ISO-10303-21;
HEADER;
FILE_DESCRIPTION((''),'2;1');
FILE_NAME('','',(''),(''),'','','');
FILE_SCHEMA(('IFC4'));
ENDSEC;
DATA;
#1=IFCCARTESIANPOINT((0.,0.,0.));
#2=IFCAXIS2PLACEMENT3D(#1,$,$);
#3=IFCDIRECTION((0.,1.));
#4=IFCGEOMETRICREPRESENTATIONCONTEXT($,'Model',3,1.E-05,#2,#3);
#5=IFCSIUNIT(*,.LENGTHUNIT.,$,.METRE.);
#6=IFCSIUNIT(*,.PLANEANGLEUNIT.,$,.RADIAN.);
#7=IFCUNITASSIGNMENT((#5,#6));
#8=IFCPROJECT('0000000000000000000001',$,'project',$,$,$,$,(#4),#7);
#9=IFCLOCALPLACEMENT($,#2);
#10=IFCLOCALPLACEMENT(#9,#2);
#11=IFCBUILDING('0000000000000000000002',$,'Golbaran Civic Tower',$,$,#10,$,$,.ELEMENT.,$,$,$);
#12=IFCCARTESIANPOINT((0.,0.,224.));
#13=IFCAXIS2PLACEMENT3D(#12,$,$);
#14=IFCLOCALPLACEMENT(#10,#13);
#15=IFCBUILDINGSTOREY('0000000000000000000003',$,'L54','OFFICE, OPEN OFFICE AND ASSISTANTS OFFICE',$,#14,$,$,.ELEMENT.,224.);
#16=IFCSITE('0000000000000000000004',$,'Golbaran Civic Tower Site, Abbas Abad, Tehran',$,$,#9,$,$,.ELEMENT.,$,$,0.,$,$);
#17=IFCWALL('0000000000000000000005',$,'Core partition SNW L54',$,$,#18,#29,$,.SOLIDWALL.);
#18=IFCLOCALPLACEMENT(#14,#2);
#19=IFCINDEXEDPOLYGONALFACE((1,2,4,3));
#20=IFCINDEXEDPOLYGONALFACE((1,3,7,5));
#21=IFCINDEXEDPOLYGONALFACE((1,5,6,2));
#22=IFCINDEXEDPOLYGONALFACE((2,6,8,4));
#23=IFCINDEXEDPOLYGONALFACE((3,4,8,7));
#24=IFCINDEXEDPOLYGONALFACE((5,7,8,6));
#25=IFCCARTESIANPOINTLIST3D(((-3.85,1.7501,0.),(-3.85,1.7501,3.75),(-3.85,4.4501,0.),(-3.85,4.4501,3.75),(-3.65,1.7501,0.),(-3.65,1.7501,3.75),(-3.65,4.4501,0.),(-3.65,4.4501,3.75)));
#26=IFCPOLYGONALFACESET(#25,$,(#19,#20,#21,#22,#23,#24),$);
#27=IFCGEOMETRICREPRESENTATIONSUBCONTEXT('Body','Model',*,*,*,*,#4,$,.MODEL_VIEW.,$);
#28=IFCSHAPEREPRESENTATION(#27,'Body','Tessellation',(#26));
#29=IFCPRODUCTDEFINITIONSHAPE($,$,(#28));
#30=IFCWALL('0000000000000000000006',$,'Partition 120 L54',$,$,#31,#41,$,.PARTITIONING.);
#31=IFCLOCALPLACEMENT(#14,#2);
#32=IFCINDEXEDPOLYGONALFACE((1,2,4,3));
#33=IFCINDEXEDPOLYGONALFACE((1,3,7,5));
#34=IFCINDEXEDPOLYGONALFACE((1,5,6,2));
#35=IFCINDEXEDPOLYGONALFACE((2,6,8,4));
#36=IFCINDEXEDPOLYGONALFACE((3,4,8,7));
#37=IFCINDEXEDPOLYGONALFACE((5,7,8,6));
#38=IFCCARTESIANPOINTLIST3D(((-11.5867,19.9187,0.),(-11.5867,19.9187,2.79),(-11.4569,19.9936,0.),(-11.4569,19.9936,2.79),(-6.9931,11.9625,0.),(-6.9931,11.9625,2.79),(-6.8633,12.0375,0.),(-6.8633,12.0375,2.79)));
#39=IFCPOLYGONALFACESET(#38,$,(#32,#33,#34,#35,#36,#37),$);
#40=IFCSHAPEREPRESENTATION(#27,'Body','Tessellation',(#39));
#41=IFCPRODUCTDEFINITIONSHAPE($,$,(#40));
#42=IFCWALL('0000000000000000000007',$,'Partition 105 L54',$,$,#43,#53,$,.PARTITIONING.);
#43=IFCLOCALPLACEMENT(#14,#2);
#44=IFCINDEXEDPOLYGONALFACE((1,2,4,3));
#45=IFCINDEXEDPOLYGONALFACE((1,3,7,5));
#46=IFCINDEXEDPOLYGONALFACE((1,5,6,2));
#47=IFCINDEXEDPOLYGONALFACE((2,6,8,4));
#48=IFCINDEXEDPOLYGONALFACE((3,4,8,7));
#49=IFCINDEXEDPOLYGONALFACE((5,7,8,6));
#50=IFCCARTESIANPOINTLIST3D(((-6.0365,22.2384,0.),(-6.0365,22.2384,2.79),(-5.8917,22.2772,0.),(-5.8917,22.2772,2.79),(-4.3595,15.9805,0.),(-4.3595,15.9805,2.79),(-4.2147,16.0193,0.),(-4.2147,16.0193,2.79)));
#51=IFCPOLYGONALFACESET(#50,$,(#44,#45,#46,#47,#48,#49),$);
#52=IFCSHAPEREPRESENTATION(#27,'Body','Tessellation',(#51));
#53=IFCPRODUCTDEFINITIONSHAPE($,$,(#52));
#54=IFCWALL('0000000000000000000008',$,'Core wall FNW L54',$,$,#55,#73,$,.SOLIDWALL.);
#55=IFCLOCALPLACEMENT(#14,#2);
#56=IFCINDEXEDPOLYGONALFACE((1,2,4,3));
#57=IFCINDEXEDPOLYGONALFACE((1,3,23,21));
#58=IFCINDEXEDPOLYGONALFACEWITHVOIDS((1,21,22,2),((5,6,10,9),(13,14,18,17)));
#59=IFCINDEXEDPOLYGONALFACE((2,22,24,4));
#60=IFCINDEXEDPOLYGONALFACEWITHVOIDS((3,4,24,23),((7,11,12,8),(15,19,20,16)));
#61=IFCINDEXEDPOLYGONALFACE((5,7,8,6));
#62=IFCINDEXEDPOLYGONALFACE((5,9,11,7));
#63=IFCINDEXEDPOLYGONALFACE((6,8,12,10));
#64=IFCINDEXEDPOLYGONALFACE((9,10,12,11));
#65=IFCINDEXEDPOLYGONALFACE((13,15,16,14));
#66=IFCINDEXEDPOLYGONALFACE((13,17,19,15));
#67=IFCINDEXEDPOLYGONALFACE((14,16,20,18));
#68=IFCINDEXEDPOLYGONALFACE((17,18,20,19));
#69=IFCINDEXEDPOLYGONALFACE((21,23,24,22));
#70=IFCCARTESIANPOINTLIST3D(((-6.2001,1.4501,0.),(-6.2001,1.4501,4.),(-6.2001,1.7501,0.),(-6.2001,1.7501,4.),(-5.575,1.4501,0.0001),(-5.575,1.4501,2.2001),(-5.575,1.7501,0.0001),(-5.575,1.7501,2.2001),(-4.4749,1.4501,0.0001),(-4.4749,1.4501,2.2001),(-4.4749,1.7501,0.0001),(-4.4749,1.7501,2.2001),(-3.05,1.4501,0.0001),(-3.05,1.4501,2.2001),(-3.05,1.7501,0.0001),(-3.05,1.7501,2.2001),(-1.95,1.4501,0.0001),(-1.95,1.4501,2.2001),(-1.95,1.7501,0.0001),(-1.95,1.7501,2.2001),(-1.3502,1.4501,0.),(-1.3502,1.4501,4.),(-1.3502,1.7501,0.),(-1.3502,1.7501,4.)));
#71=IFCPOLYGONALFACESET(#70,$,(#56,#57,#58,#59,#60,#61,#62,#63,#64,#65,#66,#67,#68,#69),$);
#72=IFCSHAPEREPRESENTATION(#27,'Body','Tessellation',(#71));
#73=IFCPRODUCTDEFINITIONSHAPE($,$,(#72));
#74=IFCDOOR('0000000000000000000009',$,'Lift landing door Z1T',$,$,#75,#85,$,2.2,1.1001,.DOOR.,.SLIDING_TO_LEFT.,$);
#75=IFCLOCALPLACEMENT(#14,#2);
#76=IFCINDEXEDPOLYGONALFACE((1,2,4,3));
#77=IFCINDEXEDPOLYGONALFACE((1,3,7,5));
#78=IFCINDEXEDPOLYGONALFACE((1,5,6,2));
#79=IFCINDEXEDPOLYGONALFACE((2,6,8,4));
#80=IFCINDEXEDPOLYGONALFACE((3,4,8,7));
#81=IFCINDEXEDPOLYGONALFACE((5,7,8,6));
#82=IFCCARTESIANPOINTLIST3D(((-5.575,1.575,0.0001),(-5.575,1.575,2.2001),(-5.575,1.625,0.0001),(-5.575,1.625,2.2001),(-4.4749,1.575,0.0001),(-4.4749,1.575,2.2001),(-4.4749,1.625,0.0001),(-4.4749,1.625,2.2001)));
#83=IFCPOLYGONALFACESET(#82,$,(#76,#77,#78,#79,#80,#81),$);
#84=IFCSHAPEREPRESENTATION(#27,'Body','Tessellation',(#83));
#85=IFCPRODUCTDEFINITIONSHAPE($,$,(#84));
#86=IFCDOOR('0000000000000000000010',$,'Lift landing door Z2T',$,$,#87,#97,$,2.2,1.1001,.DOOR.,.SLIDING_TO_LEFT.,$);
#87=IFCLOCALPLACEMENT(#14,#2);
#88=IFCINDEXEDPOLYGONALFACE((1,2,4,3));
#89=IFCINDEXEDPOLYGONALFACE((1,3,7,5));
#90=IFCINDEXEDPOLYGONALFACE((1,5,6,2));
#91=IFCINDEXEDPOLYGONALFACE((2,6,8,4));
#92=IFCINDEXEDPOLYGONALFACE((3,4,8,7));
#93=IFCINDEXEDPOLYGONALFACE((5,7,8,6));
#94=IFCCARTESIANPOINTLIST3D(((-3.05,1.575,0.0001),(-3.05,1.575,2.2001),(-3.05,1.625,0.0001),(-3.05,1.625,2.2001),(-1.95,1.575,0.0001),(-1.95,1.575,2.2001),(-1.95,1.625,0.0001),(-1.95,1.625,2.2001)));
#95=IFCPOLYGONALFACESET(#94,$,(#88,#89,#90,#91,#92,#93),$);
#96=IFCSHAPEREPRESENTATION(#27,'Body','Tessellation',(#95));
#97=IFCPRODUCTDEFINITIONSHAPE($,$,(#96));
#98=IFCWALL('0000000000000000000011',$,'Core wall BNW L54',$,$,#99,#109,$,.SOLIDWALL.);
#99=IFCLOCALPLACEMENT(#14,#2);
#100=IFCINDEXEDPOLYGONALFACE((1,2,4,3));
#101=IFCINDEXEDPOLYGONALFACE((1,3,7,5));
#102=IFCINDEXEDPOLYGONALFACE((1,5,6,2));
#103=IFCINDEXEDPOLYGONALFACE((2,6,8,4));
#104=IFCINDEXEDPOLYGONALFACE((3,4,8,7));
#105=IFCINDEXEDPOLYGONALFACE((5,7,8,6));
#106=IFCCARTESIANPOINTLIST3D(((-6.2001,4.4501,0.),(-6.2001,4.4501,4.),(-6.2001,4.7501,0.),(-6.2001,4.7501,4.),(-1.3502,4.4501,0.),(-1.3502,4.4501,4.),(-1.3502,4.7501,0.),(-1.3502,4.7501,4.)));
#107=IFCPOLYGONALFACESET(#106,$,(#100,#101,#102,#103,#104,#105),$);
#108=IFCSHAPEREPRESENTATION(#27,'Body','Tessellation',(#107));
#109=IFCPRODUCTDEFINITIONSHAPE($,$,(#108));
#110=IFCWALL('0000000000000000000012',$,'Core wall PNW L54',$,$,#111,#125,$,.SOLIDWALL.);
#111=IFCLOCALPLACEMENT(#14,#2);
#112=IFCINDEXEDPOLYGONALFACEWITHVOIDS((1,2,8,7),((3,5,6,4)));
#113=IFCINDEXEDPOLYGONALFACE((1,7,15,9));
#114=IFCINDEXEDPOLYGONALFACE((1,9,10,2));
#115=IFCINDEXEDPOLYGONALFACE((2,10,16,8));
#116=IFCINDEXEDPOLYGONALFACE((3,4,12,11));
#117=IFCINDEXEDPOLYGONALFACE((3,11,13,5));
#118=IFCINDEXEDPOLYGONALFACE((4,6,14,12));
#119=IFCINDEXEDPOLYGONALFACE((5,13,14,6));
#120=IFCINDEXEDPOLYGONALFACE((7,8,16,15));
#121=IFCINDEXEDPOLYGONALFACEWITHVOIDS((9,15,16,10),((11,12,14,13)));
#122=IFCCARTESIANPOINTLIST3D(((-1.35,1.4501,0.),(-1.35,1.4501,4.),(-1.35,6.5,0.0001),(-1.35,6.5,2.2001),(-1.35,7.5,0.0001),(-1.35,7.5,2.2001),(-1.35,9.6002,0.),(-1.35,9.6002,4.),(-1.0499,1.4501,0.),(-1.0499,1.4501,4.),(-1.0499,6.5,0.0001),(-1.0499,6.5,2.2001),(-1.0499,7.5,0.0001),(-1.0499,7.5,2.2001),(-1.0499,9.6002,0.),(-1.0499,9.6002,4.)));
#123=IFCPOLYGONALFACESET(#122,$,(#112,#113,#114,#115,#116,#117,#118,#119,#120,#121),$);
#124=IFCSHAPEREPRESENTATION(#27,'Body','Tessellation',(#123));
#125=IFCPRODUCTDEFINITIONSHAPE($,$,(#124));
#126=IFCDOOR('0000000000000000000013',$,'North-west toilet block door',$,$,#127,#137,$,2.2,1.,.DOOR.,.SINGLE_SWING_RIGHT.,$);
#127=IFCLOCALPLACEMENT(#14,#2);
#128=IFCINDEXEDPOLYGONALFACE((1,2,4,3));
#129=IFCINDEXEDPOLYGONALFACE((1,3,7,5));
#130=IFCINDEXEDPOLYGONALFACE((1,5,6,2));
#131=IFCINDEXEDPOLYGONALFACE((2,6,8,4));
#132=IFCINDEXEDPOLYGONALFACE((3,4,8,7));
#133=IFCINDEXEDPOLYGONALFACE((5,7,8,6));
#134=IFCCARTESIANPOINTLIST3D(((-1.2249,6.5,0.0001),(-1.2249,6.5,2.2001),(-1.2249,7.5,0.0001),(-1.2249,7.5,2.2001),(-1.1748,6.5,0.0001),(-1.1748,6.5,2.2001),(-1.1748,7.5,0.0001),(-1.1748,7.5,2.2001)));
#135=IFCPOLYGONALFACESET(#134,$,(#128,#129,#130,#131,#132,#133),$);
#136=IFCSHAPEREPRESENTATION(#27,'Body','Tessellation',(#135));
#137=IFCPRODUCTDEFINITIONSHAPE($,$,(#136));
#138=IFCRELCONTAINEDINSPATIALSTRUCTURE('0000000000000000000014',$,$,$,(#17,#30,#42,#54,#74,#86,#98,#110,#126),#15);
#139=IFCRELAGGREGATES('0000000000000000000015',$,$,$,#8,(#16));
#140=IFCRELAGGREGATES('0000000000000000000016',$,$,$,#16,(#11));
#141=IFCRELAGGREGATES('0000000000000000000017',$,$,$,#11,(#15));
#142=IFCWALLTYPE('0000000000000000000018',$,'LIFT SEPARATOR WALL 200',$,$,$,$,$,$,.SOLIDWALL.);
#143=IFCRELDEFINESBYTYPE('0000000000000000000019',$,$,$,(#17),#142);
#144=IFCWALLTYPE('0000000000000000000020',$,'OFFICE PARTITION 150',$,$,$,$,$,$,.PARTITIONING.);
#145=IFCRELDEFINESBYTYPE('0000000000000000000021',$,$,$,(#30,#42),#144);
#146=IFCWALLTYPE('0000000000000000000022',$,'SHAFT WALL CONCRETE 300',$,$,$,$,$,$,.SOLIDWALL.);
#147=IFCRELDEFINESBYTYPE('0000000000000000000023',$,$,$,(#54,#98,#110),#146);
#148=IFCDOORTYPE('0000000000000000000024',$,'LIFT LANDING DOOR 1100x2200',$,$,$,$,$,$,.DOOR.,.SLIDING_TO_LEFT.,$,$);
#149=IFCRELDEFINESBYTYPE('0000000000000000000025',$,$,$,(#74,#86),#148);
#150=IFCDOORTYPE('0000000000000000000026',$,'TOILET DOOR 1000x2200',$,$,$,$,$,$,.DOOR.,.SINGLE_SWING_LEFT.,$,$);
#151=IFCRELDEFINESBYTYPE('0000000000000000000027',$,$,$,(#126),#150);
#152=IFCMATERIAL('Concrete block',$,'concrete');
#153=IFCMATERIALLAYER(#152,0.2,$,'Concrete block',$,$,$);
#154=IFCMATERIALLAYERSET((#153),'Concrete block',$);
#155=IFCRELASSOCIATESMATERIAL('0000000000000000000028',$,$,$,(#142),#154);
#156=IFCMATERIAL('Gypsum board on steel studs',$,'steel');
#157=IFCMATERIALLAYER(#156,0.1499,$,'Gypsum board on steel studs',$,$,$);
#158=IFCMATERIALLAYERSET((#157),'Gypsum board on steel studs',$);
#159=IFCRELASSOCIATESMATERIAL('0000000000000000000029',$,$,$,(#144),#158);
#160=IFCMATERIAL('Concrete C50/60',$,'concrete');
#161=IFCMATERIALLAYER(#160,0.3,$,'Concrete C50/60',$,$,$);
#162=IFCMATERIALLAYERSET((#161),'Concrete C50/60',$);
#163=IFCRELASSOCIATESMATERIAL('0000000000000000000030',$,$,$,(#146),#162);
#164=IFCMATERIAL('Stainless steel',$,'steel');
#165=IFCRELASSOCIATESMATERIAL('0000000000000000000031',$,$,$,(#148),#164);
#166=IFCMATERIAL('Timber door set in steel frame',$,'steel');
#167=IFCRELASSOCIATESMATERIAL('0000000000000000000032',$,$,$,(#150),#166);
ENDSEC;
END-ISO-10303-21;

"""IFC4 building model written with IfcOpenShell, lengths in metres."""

from ifc_helpers import new_model, si_unit, direction, frame, frame_2d, origin, place, context, subcontext, project, spatial, rectangle, extrude, material, layer, layer_set, type_object, element, fill, save


model = new_model("IFC4")

# Units and contexts
model_context = context("Model", 3, precision=1e-05, world=origin(), true_north=direction((0.0, 1.0)))
body_context = subcontext(model_context, "Body", "Model", "MODEL_VIEW")
ifc_project = project(units=[si_unit("LENGTHUNIT", "METRE"), si_unit("PLANEANGLEUNIT", "RADIAN")], contexts=[model_context])

# Site, building, storey
site_placement = place(None, origin())
site = spatial("IfcSite", under=ifc_project, at=site_placement, Name="Golbaran Civic Tower Site, Abbas Abad, Tehran", CompositionType="ELEMENT", RefElevation=0.0)
building_placement = place(site_placement, origin())
building = spatial("IfcBuilding", under=site, at=building_placement, Name="Golbaran Civic Tower", CompositionType="ELEMENT")
storey_placement = place(building_placement, frame((0.0, 0.0, 224.0)))
storey = spatial("IfcBuildingStorey", under=building, at=storey_placement, Name="L54", Description="OFFICE, OPEN OFFICE AND ASSISTANTS OFFICE", CompositionType="ELEMENT", Elevation=224.0)

# Shared definitions
ifc_material_1 = material(Name="Timber door set in steel frame", Category="steel")

# Walls
ifc_material_2 = material(Name="Concrete block", Category="concrete")
ifc_layer_1 = layer(ifc_material_2, 0.2, Name="Concrete block")
ifc_layer_set_1 = layer_set([ifc_layer_1], Name="Concrete block")
wall_type_1 = type_object("IfcWallType", Name="LIFT SEPARATOR WALL 200", PredefinedType="SOLIDWALL", material=ifc_layer_set_1)
wall_1_placement = place(storey_placement, frame((-3.75, 1.75, 0.0), z_axis=(0.0, 0.0, 1.0), x_axis=(0.0, 1.0, 0.0)))
element("IfcWall", 1, at=wall_1_placement, inside=storey, type_object=wall_type_1, Name="Core partition SNW L54", PredefinedType="SOLIDWALL", context=body_context, shape_type="SweptSolid", body=[
    extrude(rectangle(XDim=2.7, YDim=0.2, at=frame_2d((1.3501, 0.0))), origin(), (0.0, 0.0, 1.0), 3.75),
])
ifc_material_3 = material(Name="Gypsum board on steel studs", Category="steel")
ifc_layer_2 = layer(ifc_material_3, 0.1499, Name="Gypsum board on steel studs")
ifc_layer_set_2 = layer_set([ifc_layer_2], Name="Gypsum board on steel studs")
wall_type_2 = type_object("IfcWallType", Name="OFFICE PARTITION 150", PredefinedType="PARTITIONING", material=ifc_layer_set_2)
wall_2_placement = place(storey_placement, frame((-6.9282, 12.0, 0.0), z_axis=(0.0, 0.0, 1.0), x_axis=(-0.500006, 0.866022, 0.0)))
element("IfcWall", 2, at=wall_2_placement, inside=storey, type_object=wall_type_2, Name="Partition 120 L54", PredefinedType="PARTITIONING", context=body_context, shape_type="SweptSolid", body=[
    extrude(rectangle(XDim=9.187, YDim=0.1499, at=frame_2d((4.5935, 0.0))), origin(), (0.0, 0.0, 1.0), 2.79),
])
wall_3_placement = place(storey_placement, frame((-4.2871, 16.0, 0.0), z_axis=(0.0, 0.0, 1.0), x_axis=(-0.258842, 0.96592, 0.0)))
element("IfcWall", 3, at=wall_3_placement, inside=storey, type_object=wall_type_2, Name="Partition 105 L54", PredefinedType="PARTITIONING", context=body_context, shape_type="SweptSolid", body=[
    extrude(rectangle(XDim=6.4788, YDim=0.1499, at=frame_2d((3.2393, 0.0))), origin(), (0.0, 0.0, 1.0), 2.79),
])

# Wall, openings, doors
ifc_material_4 = material(Name="Concrete C50/60", Category="concrete")
ifc_layer_3 = layer(ifc_material_4, 0.3, Name="Concrete C50/60")
ifc_layer_set_3 = layer_set([ifc_layer_3], Name="Concrete C50/60")
wall_type_3 = type_object("IfcWallType", Name="SHAFT WALL CONCRETE 300", PredefinedType="SOLIDWALL", material=ifc_layer_set_3)
wall_4_placement = place(storey_placement, frame((-6.2, 1.6001, 0.0), z_axis=(0.0, 0.0, 1.0), x_axis=(1.0, 0.0, 0.0)))
wall_4 = element("IfcWall", 4, at=wall_4_placement, inside=storey, type_object=wall_type_3, Name="Core wall FNW L54", PredefinedType="SOLIDWALL", context=body_context, shape_type="SweptSolid", body=[
    extrude(rectangle(XDim=4.8499, YDim=0.3, at=frame_2d((2.4248, 0.0))), origin(), (0.0, 0.0, 1.0), 4.0),
])
opening_1_placement = place(wall_4_placement, frame((0.625, 0.0, 0.0)))
opening_1 = element("IfcOpeningElement", 5, at=opening_1_placement, cuts=wall_4, PredefinedType="OPENING", context=body_context, shape_type="SweptSolid", body=[
    extrude(rectangle(XDim=1.1001, YDim=2.2, at=frame_2d((0.55, 1.1001))), frame((0.0, 0.1599, 0.0), z_axis=(0.0, -1.0, 0.0), x_axis=(1.0, 0.0, 0.0)), (0.0, 0.0, 1.0), 0.3201),
])
opening_2_placement = place(wall_4_placement, frame((3.1499, 0.0, 0.0)))
opening_2 = element("IfcOpeningElement", 6, at=opening_2_placement, cuts=wall_4, PredefinedType="OPENING", context=body_context, shape_type="SweptSolid", body=[
    extrude(rectangle(XDim=1.1001, YDim=2.2, at=frame_2d((0.55, 1.1001))), frame((0.0, 0.1599, 0.0), z_axis=(0.0, -1.0, 0.0), x_axis=(1.0, 0.0, 0.0)), (0.0, 0.0, 1.0), 0.3201),
])
ifc_material_5 = material(Name="Stainless steel", Category="steel")
door_type_1 = type_object("IfcDoorType", Name="LIFT LANDING DOOR 1100x2200", OperationType="SLIDING_TO_LEFT", PredefinedType="DOOR", material=ifc_material_5)
door_1_placement = place(opening_1_placement, origin())
door_1 = element("IfcDoor", 7, at=door_1_placement, inside=storey, type_object=door_type_1, Name="Lift landing door Z1T", OperationType="SLIDING_TO_LEFT", OverallHeight=2.2, OverallWidth=1.1001, PredefinedType="DOOR", context=body_context, shape_type="SweptSolid", body=[
    extrude(rectangle(XDim=1.1001, YDim=2.2, at=frame_2d((0.55, 1.1001))), frame((0.0, 0.0249, 0.0), z_axis=(0.0, -1.0, 0.0), x_axis=(1.0, 0.0, 0.0)), (0.0, 0.0, 1.0), 0.05),
])
fill(opening_1, door_1)
door_2_placement = place(opening_2_placement, origin())
door_2 = element("IfcDoor", 8, at=door_2_placement, inside=storey, type_object=door_type_1, Name="Lift landing door Z2T", OperationType="SLIDING_TO_LEFT", OverallHeight=2.2, OverallWidth=1.1001, PredefinedType="DOOR", context=body_context, shape_type="SweptSolid", body=[
    extrude(rectangle(XDim=1.1001, YDim=2.2, at=frame_2d((0.55, 1.1001))), frame((0.0, 0.0249, 0.0), z_axis=(0.0, -1.0, 0.0), x_axis=(1.0, 0.0, 0.0)), (0.0, 0.0, 1.0), 0.05),
])
fill(opening_2, door_2)

# Wall
wall_5_placement = place(storey_placement, frame((-6.2, 4.6001, 0.0), z_axis=(0.0, 0.0, 1.0), x_axis=(1.0, 0.0, 0.0)))
element("IfcWall", 9, at=wall_5_placement, inside=storey, type_object=wall_type_3, Name="Core wall BNW L54", PredefinedType="SOLIDWALL", context=body_context, shape_type="SweptSolid", body=[
    extrude(rectangle(XDim=4.8499, YDim=0.3, at=frame_2d((2.4248, 0.0))), origin(), (0.0, 0.0, 1.0), 4.0),
])

# Wall, opening, door
wall_6_placement = place(storey_placement, frame((-1.2, 1.45, 0.0), z_axis=(0.0, 0.0, 1.0), x_axis=(0.0, 1.0, 0.0)))
wall_6 = element("IfcWall", 10, at=wall_6_placement, inside=storey, type_object=wall_type_3, Name="Core wall PNW L54", PredefinedType="SOLIDWALL", context=body_context, shape_type="SweptSolid", body=[
    extrude(rectangle(XDim=8.1501, YDim=0.3, at=frame_2d((4.0752, 0.0))), origin(), (0.0, 0.0, 1.0), 4.0),
])
opening_3_placement = place(wall_6_placement, frame((5.05, 0.0, 0.0)))
opening_3 = element("IfcOpeningElement", 11, at=opening_3_placement, cuts=wall_6, PredefinedType="OPENING", context=body_context, shape_type="SweptSolid", body=[
    extrude(rectangle(XDim=1.0, YDim=2.2, at=frame_2d((0.5, 1.1001))), frame((0.0, 0.1599, 0.0), z_axis=(0.0, -1.0, 0.0), x_axis=(1.0, 0.0, 0.0)), (0.0, 0.0, 1.0), 0.3201),
])
door_type_2 = type_object("IfcDoorType", Name="TOILET DOOR 1000x2200", OperationType="SINGLE_SWING_LEFT", PredefinedType="DOOR", material=ifc_material_1)
door_3_placement = place(opening_3_placement, origin())
door_3 = element("IfcDoor", 12, at=door_3_placement, inside=storey, type_object=door_type_2, Name="North-west toilet block door", OperationType="SINGLE_SWING_RIGHT", OverallHeight=2.2, OverallWidth=1.0, PredefinedType="DOOR", context=body_context, shape_type="SweptSolid", body=[
    extrude(rectangle(XDim=1.0, YDim=2.2, at=frame_2d((0.5, 1.1001))), frame((0.0, 0.0249, 0.0), z_axis=(0.0, -1.0, 0.0), x_axis=(1.0, 0.0, 0.0)), (0.0, 0.0, 1.0), 0.05),
])
fill(opening_3, door_3)

save(model, "model.ifc")
